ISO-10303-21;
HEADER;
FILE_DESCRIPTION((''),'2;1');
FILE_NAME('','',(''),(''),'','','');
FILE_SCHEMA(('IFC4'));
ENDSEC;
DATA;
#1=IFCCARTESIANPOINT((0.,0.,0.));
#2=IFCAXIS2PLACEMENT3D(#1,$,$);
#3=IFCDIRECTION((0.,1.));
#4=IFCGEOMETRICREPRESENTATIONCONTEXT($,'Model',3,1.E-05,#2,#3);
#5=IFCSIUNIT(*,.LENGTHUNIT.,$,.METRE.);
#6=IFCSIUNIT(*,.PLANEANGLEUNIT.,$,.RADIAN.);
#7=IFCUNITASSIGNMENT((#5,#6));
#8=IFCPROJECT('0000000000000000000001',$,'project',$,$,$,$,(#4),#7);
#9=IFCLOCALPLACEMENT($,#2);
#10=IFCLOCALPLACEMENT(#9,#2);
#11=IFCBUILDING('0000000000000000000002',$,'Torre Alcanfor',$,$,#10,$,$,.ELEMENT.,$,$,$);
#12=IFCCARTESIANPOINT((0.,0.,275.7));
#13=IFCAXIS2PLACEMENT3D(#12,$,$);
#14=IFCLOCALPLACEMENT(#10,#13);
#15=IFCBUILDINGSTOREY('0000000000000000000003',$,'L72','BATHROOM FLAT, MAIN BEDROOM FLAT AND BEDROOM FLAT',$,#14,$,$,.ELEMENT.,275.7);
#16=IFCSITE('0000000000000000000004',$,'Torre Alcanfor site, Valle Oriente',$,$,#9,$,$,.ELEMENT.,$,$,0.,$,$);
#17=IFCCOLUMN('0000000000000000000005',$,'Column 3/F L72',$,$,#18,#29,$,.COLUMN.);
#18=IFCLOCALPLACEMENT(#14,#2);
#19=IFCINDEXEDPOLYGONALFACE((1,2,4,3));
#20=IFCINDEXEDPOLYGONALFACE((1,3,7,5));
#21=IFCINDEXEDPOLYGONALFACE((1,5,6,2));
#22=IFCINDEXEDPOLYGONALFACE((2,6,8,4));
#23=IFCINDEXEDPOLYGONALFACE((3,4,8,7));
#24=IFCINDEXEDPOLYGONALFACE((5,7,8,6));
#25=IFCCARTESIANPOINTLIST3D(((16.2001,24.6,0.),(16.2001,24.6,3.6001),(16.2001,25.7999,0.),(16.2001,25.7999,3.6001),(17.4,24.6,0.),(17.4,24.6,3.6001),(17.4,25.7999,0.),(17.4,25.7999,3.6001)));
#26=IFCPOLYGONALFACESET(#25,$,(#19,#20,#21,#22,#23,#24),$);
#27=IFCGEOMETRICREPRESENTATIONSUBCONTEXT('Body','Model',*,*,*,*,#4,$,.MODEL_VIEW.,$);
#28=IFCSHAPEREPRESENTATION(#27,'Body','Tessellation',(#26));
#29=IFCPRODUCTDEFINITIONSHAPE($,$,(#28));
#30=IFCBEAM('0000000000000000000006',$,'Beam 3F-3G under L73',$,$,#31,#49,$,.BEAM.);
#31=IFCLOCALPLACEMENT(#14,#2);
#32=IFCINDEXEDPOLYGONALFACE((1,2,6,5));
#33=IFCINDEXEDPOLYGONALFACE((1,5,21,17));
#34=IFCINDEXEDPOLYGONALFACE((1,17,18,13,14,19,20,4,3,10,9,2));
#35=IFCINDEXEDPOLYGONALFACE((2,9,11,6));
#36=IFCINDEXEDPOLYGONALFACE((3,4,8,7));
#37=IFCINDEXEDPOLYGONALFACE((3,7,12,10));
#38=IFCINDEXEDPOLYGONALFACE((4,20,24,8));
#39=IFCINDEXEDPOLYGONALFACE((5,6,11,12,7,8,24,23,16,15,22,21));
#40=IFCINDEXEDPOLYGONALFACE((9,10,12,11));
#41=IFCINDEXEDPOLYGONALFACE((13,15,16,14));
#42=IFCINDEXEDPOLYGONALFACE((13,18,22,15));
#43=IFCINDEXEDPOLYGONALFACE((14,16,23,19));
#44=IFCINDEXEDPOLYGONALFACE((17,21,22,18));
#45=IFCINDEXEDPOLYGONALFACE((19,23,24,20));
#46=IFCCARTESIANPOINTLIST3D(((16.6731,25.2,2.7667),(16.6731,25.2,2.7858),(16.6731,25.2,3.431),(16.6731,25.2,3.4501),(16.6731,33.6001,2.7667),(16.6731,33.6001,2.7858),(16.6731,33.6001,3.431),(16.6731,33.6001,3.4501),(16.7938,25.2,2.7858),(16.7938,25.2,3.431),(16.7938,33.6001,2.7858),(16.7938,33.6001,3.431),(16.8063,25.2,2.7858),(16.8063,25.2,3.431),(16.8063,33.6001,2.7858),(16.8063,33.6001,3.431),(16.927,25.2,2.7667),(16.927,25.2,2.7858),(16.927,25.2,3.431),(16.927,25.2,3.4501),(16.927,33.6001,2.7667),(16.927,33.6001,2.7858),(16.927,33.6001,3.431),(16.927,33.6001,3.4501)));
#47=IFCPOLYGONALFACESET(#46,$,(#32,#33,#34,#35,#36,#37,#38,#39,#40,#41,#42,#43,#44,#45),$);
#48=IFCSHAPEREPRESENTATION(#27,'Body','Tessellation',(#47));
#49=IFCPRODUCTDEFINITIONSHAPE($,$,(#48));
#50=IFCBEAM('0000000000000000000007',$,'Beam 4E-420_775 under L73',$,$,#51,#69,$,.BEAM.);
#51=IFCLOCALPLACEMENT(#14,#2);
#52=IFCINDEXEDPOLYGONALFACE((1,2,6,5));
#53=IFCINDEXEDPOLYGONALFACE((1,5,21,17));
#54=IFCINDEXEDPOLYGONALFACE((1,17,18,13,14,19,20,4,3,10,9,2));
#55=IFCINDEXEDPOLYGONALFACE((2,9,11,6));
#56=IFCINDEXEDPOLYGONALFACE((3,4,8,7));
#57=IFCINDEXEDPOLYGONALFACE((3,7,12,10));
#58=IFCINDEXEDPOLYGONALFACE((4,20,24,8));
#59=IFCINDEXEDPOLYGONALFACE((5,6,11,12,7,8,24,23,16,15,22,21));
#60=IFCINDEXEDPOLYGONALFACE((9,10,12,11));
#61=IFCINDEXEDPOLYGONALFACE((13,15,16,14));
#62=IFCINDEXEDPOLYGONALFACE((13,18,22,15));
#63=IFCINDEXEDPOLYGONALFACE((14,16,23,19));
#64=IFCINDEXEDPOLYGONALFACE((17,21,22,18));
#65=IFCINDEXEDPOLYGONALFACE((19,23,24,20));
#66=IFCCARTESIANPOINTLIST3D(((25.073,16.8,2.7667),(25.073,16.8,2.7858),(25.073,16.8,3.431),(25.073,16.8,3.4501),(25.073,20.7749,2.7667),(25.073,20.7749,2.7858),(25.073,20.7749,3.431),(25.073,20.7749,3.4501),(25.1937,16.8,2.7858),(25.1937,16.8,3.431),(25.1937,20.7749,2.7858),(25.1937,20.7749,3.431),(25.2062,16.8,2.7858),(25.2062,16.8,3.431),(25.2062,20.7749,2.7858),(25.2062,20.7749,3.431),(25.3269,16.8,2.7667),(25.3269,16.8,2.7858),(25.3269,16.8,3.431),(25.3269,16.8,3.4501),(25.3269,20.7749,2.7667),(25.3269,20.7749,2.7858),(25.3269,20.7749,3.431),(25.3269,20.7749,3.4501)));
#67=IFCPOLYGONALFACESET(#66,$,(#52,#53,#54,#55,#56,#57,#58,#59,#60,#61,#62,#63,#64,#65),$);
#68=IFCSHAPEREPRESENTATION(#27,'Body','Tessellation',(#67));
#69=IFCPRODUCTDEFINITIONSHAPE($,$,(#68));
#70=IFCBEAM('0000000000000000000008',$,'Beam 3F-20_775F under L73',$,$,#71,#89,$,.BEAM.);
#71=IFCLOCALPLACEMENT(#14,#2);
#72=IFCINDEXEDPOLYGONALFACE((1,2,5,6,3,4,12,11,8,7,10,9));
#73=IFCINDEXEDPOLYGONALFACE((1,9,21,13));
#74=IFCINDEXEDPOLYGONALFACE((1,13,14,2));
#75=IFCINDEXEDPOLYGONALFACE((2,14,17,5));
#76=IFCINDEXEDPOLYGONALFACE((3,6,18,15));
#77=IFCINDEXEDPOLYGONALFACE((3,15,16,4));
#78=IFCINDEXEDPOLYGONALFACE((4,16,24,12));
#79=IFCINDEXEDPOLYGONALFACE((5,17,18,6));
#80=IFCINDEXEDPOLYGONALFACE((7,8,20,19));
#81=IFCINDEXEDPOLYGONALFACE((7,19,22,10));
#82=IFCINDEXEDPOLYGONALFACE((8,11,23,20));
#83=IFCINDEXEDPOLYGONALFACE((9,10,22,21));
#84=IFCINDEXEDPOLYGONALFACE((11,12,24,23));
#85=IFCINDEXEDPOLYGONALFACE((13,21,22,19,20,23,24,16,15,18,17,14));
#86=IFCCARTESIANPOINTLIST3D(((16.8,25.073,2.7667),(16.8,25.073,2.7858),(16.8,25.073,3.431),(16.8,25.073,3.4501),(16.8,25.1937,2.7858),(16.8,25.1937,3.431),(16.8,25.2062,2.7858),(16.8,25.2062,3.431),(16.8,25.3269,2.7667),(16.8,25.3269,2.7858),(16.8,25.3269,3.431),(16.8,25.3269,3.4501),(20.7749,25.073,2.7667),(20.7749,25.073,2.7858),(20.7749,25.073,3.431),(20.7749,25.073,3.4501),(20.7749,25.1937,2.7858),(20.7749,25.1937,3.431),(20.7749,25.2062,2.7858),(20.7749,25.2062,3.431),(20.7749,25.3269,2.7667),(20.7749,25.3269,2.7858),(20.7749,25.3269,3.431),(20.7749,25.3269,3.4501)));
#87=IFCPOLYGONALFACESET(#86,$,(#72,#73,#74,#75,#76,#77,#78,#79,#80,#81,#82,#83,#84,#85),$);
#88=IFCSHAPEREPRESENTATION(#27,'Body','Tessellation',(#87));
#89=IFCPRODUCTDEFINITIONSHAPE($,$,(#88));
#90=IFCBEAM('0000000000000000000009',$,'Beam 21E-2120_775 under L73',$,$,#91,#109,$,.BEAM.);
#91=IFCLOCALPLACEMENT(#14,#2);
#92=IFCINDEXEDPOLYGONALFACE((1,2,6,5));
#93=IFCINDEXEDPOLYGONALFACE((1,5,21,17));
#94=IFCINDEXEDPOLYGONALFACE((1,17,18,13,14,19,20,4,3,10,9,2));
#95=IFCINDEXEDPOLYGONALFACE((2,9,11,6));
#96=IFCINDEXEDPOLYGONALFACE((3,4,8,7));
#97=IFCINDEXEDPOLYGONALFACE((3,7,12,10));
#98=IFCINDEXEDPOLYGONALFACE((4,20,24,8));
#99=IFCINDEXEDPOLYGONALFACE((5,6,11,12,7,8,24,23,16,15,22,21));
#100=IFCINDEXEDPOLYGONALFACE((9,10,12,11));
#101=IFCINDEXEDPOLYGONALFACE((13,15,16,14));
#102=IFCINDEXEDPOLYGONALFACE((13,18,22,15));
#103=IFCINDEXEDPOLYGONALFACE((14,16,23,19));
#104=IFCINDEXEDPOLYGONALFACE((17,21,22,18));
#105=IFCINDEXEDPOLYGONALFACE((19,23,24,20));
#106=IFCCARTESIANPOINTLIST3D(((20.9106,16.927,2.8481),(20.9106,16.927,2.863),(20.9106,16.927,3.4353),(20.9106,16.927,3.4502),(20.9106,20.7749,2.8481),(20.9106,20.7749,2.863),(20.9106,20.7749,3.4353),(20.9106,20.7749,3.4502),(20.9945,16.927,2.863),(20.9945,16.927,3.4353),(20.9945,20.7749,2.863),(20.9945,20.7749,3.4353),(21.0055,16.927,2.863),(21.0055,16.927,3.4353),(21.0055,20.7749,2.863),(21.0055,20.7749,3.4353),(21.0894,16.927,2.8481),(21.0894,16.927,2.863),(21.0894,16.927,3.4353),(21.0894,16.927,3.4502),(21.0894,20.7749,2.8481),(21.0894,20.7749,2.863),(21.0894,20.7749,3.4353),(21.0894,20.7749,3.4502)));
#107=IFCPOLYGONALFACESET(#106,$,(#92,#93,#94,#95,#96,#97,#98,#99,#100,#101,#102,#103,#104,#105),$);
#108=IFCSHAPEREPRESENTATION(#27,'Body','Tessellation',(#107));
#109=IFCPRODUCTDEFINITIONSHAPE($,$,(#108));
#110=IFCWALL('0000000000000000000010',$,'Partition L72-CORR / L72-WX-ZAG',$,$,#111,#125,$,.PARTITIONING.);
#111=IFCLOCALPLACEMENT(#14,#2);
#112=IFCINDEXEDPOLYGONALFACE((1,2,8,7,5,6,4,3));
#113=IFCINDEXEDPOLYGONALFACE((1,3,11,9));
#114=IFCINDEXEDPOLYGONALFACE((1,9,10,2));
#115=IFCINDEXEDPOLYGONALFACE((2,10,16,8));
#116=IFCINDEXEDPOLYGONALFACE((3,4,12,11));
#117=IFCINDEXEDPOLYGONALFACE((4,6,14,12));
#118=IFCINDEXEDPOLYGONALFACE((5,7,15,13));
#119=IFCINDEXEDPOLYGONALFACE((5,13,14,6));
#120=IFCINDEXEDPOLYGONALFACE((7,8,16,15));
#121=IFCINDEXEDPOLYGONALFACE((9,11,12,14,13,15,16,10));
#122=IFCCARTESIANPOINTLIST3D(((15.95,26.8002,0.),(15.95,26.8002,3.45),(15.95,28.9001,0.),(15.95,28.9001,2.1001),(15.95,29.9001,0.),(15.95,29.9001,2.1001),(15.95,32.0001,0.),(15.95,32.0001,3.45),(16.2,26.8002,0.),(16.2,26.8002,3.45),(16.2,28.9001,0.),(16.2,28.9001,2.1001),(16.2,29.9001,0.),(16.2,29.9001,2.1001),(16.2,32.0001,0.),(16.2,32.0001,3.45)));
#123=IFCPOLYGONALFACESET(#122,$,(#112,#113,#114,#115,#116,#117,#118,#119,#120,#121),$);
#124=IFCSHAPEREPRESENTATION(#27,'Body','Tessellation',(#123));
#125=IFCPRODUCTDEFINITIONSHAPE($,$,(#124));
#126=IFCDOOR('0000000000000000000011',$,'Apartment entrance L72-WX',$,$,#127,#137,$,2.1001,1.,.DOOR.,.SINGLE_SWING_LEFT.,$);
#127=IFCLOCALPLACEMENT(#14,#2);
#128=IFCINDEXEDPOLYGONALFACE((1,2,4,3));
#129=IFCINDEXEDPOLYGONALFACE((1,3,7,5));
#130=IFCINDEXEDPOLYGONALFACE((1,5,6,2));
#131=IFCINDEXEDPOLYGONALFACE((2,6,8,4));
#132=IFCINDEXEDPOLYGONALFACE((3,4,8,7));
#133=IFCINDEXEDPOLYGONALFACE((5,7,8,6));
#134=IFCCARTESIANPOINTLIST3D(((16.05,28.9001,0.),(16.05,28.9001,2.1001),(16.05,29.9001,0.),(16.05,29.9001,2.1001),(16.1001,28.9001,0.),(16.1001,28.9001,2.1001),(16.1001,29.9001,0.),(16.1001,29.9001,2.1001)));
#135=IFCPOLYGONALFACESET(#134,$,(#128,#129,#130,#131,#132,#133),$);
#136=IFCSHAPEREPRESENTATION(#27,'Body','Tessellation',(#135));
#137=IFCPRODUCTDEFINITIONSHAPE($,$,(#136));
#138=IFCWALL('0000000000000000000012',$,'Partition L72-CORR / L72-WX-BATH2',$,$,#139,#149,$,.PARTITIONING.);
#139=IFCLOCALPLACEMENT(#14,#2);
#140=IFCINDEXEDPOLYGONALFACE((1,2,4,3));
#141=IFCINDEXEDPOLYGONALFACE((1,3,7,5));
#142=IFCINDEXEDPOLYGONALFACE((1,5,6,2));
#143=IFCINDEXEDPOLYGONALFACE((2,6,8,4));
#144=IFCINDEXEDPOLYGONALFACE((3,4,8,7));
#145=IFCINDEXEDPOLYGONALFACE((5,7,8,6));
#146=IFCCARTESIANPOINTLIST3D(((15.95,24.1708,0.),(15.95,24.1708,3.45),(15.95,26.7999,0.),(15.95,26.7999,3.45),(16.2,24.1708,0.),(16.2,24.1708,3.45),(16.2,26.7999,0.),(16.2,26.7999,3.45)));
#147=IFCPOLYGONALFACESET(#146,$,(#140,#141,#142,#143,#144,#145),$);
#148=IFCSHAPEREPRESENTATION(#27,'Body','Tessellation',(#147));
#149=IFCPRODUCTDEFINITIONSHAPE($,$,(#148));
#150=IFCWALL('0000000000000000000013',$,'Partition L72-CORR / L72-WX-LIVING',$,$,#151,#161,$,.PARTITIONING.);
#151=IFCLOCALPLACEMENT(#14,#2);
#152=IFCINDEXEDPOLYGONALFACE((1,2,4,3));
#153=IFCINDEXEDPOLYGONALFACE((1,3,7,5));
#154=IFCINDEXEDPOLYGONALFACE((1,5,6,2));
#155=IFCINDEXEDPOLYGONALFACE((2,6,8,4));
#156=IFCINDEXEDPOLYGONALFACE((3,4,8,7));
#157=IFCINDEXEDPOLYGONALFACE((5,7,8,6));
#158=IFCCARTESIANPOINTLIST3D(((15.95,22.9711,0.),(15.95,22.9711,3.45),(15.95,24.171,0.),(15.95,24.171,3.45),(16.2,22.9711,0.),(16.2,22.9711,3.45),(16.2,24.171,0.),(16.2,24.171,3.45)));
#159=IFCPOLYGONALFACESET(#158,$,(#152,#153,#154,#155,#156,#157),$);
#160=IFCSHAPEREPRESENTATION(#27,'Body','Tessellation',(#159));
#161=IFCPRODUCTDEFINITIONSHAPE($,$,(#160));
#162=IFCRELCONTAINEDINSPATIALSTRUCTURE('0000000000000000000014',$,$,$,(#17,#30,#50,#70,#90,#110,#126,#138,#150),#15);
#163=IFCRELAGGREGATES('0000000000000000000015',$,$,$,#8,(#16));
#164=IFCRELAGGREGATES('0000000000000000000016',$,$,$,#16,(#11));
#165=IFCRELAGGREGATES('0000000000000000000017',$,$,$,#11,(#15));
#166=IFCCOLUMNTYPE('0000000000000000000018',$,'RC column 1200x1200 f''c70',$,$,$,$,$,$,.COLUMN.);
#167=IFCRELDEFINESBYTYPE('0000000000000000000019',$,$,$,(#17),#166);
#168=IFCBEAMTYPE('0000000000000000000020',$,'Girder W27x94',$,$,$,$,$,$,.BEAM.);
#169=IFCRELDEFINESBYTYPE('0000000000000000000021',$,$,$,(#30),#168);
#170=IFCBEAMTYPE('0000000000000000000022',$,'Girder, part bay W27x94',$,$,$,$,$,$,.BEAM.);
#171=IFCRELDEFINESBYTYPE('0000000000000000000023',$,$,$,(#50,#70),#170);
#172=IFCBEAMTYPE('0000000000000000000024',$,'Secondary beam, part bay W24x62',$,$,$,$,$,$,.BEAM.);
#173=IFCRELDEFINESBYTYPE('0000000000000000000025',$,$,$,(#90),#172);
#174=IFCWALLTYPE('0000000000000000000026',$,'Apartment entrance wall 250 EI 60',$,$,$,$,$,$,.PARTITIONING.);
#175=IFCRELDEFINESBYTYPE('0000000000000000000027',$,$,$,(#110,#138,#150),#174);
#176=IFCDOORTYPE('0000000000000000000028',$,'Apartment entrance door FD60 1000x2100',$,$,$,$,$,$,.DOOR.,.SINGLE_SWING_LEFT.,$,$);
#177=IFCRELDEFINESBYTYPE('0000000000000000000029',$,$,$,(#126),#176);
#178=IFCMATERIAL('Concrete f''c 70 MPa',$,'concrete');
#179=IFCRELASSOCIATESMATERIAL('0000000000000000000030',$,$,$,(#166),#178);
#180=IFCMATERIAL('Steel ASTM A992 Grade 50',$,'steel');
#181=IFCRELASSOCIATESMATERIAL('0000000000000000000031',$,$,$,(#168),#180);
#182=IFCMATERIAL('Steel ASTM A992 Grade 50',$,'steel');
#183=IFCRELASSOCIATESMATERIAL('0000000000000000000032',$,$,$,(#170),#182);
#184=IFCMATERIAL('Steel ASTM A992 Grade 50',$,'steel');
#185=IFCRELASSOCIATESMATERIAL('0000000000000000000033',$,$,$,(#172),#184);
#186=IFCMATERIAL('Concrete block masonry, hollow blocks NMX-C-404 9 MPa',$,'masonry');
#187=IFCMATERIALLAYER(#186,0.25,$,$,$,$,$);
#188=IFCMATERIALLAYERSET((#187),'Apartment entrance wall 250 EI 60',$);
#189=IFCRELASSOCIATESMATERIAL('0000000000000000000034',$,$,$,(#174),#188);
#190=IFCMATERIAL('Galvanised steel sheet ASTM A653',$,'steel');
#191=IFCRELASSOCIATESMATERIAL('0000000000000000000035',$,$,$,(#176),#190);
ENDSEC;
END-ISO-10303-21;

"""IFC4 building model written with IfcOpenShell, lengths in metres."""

from ifc_helpers import new_model, si_unit, direction, frame, frame_2d, origin, origin_2d, place, context, subcontext, project, spatial, rectangle, i_section, extrude, material, layer, layer_set, material_profile, profile_set, type_object, element, fill, save


model = new_model("IFC4")

# Units and contexts
model_context = context("Model", 3, precision=1e-05, world=origin(), true_north=direction((0.0, 1.0)))
body_context = subcontext(model_context, "Body", "Model", "MODEL_VIEW")
ifc_project = project(units=[si_unit("LENGTHUNIT", "METRE"), si_unit("PLANEANGLEUNIT", "RADIAN")], contexts=[model_context])

# Site, building, storey
site_placement = place(None, origin())
site = spatial("IfcSite", under=ifc_project, at=site_placement, Name="Torre Alcanfor site, Valle Oriente", CompositionType="ELEMENT", RefElevation=0.0)
building_placement = place(site_placement, origin())
building = spatial("IfcBuilding", under=site, at=building_placement, Name="Torre Alcanfor", CompositionType="ELEMENT")
storey_placement = place(building_placement, frame((0.0, 0.0, 275.7)))
storey = spatial("IfcBuildingStorey", under=building, at=storey_placement, Name="L72", Description="BATHROOM FLAT, MAIN BEDROOM FLAT AND BEDROOM FLAT", CompositionType="ELEMENT", Elevation=275.7)

# Column
ifc_material_1 = material(Name="Concrete f'c 70 MPa", Category="concrete")
ifc_material_profile_1 = material_profile(ifc_material_1, rectangle(XDim=1.2, YDim=1.2, at=origin_2d()), Name="1200x1200")
ifc_profile_set_1 = profile_set([ifc_material_profile_1], Name="Concrete f'c 70 MPa")
column_type = type_object("IfcColumnType", Name="RC column 1200x1200 f'c70", PredefinedType="COLUMN", material=ifc_profile_set_1)
column_placement = place(storey_placement, frame((16.8, 25.2, 0.0), z_axis=(0.0, 0.0, 1.0), x_axis=(1.0, 0.0, 0.0)))
element("IfcColumn", 1, at=column_placement, inside=storey, type_object=column_type, Name="Column 3/F L72", PredefinedType="COLUMN", context=body_context, shape_type="SweptSolid", body=[
    extrude(rectangle(XDim=1.2, YDim=1.2, at=origin_2d()), origin(), (0.0, 0.0, 1.0), 3.6001),
])

# Beams
ifc_material_2 = material(Name="Steel ASTM A992 Grade 50", Category="steel")
ifc_material_profile_2 = material_profile(ifc_material_2, i_section(OverallWidth=0.2539, OverallDepth=0.6833, WebThickness=0.0125, FlangeThickness=0.019, at=origin_2d()), Name="W27x94")
ifc_profile_set_2 = profile_set([ifc_material_profile_2], Name="Steel ASTM A992 Grade 50")
beam_type_1 = type_object("IfcBeamType", Name="Girder W27x94", PredefinedType="BEAM", material=ifc_profile_set_2)
beam_1_placement = place(storey_placement, frame((16.8, 25.2, 3.1084), z_axis=(0.0, 1.0, 0.0), x_axis=(-1.0, 0.0, 0.0)))
element("IfcBeam", 2, at=beam_1_placement, inside=storey, type_object=beam_type_1, Name="Beam 3F-3G under L73", PredefinedType="BEAM", context=body_context, shape_type="SweptSolid", body=[
    extrude(i_section(OverallWidth=0.2539, OverallDepth=0.6833, WebThickness=0.0125, FlangeThickness=0.019, at=origin_2d()), origin(), (0.0, 0.0, 1.0), 8.4001),
])
ifc_material_3 = material(Name="Steel ASTM A992 Grade 50", Category="steel")
ifc_material_profile_3 = material_profile(ifc_material_3, i_section(OverallWidth=0.2539, OverallDepth=0.6833, WebThickness=0.0125, FlangeThickness=0.019, at=origin_2d()), Name="W27x94")
ifc_profile_set_3 = profile_set([ifc_material_profile_3], Name="Steel ASTM A992 Grade 50")
beam_type_2 = type_object("IfcBeamType", Name="Girder, part bay W27x94", PredefinedType="BEAM", material=ifc_profile_set_3)
for number, where, z_axis, x_axis, name in (
    (3, (25.2, 16.8, 3.1084), (0.0, 1.0, 0.0), (-1.0, 0.0, 0.0), "Beam 4E-420_775 under L73"),
    (4, (16.8, 25.2, 3.1084), (1.0, 0.0, 0.0), (0.0, 1.0, 0.0), "Beam 3F-20_775F under L73"),
):
    element("IfcBeam", number, at=place(storey_placement, frame(where, z_axis=z_axis, x_axis=x_axis)), inside=storey, type_object=beam_type_2, Name=name, PredefinedType="BEAM", context=body_context, shape_type="SweptSolid", body=[
        extrude(i_section(OverallWidth=0.2539, OverallDepth=0.6833, WebThickness=0.0125, FlangeThickness=0.019, at=origin_2d()), origin(), (0.0, 0.0, 1.0), 3.9749),
    ])
ifc_material_4 = material(Name="Steel ASTM A992 Grade 50", Category="steel")
ifc_material_profile_4 = material_profile(ifc_material_4, i_section(OverallWidth=0.1787, OverallDepth=0.6021, WebThickness=0.011, FlangeThickness=0.0149, at=origin_2d()), Name="W24x62")
ifc_profile_set_4 = profile_set([ifc_material_profile_4], Name="Steel ASTM A992 Grade 50")
beam_type_3 = type_object("IfcBeamType", Name="Secondary beam, part bay W24x62", PredefinedType="BEAM", material=ifc_profile_set_4)
beam_2_placement = place(storey_placement, frame((21.0, 16.927, 3.1492), z_axis=(0.0, 1.0, 0.0), x_axis=(-1.0, 0.0, 0.0)))
element("IfcBeam", 5, at=beam_2_placement, inside=storey, type_object=beam_type_3, Name="Beam 21E-2120_775 under L73", PredefinedType="BEAM", context=body_context, shape_type="SweptSolid", body=[
    extrude(i_section(OverallWidth=0.1787, OverallDepth=0.6021, WebThickness=0.011, FlangeThickness=0.0149, at=origin_2d()), origin(), (0.0, 0.0, 1.0), 3.8479),
])

# Wall, opening, door
ifc_material_5 = material(Name="Concrete block masonry, hollow blocks NMX-C-404 9 MPa", Category="masonry")
ifc_layer_1 = layer(ifc_material_5, 0.25)
ifc_layer_set_1 = layer_set([ifc_layer_1], Name="Apartment entrance wall 250 EI 60")
wall_type_1 = type_object("IfcWallType", Name="Apartment entrance wall 250 EI 60", PredefinedType="PARTITIONING", material=ifc_layer_set_1)
wall_1_placement = place(storey_placement, frame((16.075, 26.8, 0.0), z_axis=(0.0, 0.0, 1.0), x_axis=(0.0, 1.0, 0.0)))
wall_1 = element("IfcWall", 6, at=wall_1_placement, inside=storey, type_object=wall_type_1, Name="Partition L72-CORR / L72-WX-ZAG", PredefinedType="PARTITIONING", context=body_context, shape_type="SweptSolid", body=[
    extrude(rectangle(XDim=5.2, YDim=0.25, at=frame_2d((2.6001, 0.0))), origin(), (0.0, 0.0, 1.0), 3.45),
])
opening_1_placement = place(wall_1_placement, frame((2.1001, 0.0, 0.0)))
opening_1 = element("IfcOpeningElement", 7, at=opening_1_placement, cuts=wall_1, PredefinedType="OPENING", context=body_context, shape_type="SweptSolid", body=[
    extrude(rectangle(XDim=1.0, YDim=2.1001, at=frame_2d((0.5, 1.05))), frame((0.0, 0.135, 0.0), z_axis=(0.0, -1.0, 0.0), x_axis=(1.0, 0.0, 0.0)), (0.0, 0.0, 1.0), 0.27),
])
ifc_material_6 = material(Name="Galvanised steel sheet ASTM A653", Category="steel")
door_type_1 = type_object("IfcDoorType", Name="Apartment entrance door FD60 1000x2100", OperationType="SINGLE_SWING_LEFT", PredefinedType="DOOR", material=ifc_material_6)
door_1_placement = place(opening_1_placement, origin())
door_1 = element("IfcDoor", 8, at=door_1_placement, inside=storey, type_object=door_type_1, Name="Apartment entrance L72-WX", OperationType="SINGLE_SWING_LEFT", OverallHeight=2.1001, OverallWidth=1.0, PredefinedType="DOOR", context=body_context, shape_type="SweptSolid", body=[
    extrude(rectangle(XDim=1.0, YDim=2.1001, at=frame_2d((0.5, 1.05))), frame((0.0, 0.0249, 0.0), z_axis=(0.0, -1.0, 0.0), x_axis=(1.0, 0.0, 0.0)), (0.0, 0.0, 1.0), 0.05),
])
fill(opening_1, door_1)

# Walls
wall_2_placement = place(storey_placement, frame((16.075, 24.1709, 0.0), z_axis=(0.0, 0.0, 1.0), x_axis=(0.0, 1.0, 0.0)))
element("IfcWall", 9, at=wall_2_placement, inside=storey, type_object=wall_type_1, Name="Partition L72-CORR / L72-WX-BATH2", PredefinedType="PARTITIONING", context=body_context, shape_type="SweptSolid", body=[
    extrude(rectangle(XDim=2.6292, YDim=0.25, at=frame_2d((1.3145, 0.0))), origin(), (0.0, 0.0, 1.0), 3.45),
])
wall_3_placement = place(storey_placement, frame((16.075, 22.9709, 0.0), z_axis=(0.0, 0.0, 1.0), x_axis=(0.0, 1.0, 0.0)))
element("IfcWall", 10, at=wall_3_placement, inside=storey, type_object=wall_type_1, Name="Partition L72-CORR / L72-WX-LIVING", PredefinedType="PARTITIONING", context=body_context, shape_type="SweptSolid", body=[
    extrude(rectangle(XDim=1.2, YDim=0.25, at=frame_2d((0.6001, 0.0))), origin(), (0.0, 0.0, 1.0), 3.45),
])

save(model, "model.ifc")
